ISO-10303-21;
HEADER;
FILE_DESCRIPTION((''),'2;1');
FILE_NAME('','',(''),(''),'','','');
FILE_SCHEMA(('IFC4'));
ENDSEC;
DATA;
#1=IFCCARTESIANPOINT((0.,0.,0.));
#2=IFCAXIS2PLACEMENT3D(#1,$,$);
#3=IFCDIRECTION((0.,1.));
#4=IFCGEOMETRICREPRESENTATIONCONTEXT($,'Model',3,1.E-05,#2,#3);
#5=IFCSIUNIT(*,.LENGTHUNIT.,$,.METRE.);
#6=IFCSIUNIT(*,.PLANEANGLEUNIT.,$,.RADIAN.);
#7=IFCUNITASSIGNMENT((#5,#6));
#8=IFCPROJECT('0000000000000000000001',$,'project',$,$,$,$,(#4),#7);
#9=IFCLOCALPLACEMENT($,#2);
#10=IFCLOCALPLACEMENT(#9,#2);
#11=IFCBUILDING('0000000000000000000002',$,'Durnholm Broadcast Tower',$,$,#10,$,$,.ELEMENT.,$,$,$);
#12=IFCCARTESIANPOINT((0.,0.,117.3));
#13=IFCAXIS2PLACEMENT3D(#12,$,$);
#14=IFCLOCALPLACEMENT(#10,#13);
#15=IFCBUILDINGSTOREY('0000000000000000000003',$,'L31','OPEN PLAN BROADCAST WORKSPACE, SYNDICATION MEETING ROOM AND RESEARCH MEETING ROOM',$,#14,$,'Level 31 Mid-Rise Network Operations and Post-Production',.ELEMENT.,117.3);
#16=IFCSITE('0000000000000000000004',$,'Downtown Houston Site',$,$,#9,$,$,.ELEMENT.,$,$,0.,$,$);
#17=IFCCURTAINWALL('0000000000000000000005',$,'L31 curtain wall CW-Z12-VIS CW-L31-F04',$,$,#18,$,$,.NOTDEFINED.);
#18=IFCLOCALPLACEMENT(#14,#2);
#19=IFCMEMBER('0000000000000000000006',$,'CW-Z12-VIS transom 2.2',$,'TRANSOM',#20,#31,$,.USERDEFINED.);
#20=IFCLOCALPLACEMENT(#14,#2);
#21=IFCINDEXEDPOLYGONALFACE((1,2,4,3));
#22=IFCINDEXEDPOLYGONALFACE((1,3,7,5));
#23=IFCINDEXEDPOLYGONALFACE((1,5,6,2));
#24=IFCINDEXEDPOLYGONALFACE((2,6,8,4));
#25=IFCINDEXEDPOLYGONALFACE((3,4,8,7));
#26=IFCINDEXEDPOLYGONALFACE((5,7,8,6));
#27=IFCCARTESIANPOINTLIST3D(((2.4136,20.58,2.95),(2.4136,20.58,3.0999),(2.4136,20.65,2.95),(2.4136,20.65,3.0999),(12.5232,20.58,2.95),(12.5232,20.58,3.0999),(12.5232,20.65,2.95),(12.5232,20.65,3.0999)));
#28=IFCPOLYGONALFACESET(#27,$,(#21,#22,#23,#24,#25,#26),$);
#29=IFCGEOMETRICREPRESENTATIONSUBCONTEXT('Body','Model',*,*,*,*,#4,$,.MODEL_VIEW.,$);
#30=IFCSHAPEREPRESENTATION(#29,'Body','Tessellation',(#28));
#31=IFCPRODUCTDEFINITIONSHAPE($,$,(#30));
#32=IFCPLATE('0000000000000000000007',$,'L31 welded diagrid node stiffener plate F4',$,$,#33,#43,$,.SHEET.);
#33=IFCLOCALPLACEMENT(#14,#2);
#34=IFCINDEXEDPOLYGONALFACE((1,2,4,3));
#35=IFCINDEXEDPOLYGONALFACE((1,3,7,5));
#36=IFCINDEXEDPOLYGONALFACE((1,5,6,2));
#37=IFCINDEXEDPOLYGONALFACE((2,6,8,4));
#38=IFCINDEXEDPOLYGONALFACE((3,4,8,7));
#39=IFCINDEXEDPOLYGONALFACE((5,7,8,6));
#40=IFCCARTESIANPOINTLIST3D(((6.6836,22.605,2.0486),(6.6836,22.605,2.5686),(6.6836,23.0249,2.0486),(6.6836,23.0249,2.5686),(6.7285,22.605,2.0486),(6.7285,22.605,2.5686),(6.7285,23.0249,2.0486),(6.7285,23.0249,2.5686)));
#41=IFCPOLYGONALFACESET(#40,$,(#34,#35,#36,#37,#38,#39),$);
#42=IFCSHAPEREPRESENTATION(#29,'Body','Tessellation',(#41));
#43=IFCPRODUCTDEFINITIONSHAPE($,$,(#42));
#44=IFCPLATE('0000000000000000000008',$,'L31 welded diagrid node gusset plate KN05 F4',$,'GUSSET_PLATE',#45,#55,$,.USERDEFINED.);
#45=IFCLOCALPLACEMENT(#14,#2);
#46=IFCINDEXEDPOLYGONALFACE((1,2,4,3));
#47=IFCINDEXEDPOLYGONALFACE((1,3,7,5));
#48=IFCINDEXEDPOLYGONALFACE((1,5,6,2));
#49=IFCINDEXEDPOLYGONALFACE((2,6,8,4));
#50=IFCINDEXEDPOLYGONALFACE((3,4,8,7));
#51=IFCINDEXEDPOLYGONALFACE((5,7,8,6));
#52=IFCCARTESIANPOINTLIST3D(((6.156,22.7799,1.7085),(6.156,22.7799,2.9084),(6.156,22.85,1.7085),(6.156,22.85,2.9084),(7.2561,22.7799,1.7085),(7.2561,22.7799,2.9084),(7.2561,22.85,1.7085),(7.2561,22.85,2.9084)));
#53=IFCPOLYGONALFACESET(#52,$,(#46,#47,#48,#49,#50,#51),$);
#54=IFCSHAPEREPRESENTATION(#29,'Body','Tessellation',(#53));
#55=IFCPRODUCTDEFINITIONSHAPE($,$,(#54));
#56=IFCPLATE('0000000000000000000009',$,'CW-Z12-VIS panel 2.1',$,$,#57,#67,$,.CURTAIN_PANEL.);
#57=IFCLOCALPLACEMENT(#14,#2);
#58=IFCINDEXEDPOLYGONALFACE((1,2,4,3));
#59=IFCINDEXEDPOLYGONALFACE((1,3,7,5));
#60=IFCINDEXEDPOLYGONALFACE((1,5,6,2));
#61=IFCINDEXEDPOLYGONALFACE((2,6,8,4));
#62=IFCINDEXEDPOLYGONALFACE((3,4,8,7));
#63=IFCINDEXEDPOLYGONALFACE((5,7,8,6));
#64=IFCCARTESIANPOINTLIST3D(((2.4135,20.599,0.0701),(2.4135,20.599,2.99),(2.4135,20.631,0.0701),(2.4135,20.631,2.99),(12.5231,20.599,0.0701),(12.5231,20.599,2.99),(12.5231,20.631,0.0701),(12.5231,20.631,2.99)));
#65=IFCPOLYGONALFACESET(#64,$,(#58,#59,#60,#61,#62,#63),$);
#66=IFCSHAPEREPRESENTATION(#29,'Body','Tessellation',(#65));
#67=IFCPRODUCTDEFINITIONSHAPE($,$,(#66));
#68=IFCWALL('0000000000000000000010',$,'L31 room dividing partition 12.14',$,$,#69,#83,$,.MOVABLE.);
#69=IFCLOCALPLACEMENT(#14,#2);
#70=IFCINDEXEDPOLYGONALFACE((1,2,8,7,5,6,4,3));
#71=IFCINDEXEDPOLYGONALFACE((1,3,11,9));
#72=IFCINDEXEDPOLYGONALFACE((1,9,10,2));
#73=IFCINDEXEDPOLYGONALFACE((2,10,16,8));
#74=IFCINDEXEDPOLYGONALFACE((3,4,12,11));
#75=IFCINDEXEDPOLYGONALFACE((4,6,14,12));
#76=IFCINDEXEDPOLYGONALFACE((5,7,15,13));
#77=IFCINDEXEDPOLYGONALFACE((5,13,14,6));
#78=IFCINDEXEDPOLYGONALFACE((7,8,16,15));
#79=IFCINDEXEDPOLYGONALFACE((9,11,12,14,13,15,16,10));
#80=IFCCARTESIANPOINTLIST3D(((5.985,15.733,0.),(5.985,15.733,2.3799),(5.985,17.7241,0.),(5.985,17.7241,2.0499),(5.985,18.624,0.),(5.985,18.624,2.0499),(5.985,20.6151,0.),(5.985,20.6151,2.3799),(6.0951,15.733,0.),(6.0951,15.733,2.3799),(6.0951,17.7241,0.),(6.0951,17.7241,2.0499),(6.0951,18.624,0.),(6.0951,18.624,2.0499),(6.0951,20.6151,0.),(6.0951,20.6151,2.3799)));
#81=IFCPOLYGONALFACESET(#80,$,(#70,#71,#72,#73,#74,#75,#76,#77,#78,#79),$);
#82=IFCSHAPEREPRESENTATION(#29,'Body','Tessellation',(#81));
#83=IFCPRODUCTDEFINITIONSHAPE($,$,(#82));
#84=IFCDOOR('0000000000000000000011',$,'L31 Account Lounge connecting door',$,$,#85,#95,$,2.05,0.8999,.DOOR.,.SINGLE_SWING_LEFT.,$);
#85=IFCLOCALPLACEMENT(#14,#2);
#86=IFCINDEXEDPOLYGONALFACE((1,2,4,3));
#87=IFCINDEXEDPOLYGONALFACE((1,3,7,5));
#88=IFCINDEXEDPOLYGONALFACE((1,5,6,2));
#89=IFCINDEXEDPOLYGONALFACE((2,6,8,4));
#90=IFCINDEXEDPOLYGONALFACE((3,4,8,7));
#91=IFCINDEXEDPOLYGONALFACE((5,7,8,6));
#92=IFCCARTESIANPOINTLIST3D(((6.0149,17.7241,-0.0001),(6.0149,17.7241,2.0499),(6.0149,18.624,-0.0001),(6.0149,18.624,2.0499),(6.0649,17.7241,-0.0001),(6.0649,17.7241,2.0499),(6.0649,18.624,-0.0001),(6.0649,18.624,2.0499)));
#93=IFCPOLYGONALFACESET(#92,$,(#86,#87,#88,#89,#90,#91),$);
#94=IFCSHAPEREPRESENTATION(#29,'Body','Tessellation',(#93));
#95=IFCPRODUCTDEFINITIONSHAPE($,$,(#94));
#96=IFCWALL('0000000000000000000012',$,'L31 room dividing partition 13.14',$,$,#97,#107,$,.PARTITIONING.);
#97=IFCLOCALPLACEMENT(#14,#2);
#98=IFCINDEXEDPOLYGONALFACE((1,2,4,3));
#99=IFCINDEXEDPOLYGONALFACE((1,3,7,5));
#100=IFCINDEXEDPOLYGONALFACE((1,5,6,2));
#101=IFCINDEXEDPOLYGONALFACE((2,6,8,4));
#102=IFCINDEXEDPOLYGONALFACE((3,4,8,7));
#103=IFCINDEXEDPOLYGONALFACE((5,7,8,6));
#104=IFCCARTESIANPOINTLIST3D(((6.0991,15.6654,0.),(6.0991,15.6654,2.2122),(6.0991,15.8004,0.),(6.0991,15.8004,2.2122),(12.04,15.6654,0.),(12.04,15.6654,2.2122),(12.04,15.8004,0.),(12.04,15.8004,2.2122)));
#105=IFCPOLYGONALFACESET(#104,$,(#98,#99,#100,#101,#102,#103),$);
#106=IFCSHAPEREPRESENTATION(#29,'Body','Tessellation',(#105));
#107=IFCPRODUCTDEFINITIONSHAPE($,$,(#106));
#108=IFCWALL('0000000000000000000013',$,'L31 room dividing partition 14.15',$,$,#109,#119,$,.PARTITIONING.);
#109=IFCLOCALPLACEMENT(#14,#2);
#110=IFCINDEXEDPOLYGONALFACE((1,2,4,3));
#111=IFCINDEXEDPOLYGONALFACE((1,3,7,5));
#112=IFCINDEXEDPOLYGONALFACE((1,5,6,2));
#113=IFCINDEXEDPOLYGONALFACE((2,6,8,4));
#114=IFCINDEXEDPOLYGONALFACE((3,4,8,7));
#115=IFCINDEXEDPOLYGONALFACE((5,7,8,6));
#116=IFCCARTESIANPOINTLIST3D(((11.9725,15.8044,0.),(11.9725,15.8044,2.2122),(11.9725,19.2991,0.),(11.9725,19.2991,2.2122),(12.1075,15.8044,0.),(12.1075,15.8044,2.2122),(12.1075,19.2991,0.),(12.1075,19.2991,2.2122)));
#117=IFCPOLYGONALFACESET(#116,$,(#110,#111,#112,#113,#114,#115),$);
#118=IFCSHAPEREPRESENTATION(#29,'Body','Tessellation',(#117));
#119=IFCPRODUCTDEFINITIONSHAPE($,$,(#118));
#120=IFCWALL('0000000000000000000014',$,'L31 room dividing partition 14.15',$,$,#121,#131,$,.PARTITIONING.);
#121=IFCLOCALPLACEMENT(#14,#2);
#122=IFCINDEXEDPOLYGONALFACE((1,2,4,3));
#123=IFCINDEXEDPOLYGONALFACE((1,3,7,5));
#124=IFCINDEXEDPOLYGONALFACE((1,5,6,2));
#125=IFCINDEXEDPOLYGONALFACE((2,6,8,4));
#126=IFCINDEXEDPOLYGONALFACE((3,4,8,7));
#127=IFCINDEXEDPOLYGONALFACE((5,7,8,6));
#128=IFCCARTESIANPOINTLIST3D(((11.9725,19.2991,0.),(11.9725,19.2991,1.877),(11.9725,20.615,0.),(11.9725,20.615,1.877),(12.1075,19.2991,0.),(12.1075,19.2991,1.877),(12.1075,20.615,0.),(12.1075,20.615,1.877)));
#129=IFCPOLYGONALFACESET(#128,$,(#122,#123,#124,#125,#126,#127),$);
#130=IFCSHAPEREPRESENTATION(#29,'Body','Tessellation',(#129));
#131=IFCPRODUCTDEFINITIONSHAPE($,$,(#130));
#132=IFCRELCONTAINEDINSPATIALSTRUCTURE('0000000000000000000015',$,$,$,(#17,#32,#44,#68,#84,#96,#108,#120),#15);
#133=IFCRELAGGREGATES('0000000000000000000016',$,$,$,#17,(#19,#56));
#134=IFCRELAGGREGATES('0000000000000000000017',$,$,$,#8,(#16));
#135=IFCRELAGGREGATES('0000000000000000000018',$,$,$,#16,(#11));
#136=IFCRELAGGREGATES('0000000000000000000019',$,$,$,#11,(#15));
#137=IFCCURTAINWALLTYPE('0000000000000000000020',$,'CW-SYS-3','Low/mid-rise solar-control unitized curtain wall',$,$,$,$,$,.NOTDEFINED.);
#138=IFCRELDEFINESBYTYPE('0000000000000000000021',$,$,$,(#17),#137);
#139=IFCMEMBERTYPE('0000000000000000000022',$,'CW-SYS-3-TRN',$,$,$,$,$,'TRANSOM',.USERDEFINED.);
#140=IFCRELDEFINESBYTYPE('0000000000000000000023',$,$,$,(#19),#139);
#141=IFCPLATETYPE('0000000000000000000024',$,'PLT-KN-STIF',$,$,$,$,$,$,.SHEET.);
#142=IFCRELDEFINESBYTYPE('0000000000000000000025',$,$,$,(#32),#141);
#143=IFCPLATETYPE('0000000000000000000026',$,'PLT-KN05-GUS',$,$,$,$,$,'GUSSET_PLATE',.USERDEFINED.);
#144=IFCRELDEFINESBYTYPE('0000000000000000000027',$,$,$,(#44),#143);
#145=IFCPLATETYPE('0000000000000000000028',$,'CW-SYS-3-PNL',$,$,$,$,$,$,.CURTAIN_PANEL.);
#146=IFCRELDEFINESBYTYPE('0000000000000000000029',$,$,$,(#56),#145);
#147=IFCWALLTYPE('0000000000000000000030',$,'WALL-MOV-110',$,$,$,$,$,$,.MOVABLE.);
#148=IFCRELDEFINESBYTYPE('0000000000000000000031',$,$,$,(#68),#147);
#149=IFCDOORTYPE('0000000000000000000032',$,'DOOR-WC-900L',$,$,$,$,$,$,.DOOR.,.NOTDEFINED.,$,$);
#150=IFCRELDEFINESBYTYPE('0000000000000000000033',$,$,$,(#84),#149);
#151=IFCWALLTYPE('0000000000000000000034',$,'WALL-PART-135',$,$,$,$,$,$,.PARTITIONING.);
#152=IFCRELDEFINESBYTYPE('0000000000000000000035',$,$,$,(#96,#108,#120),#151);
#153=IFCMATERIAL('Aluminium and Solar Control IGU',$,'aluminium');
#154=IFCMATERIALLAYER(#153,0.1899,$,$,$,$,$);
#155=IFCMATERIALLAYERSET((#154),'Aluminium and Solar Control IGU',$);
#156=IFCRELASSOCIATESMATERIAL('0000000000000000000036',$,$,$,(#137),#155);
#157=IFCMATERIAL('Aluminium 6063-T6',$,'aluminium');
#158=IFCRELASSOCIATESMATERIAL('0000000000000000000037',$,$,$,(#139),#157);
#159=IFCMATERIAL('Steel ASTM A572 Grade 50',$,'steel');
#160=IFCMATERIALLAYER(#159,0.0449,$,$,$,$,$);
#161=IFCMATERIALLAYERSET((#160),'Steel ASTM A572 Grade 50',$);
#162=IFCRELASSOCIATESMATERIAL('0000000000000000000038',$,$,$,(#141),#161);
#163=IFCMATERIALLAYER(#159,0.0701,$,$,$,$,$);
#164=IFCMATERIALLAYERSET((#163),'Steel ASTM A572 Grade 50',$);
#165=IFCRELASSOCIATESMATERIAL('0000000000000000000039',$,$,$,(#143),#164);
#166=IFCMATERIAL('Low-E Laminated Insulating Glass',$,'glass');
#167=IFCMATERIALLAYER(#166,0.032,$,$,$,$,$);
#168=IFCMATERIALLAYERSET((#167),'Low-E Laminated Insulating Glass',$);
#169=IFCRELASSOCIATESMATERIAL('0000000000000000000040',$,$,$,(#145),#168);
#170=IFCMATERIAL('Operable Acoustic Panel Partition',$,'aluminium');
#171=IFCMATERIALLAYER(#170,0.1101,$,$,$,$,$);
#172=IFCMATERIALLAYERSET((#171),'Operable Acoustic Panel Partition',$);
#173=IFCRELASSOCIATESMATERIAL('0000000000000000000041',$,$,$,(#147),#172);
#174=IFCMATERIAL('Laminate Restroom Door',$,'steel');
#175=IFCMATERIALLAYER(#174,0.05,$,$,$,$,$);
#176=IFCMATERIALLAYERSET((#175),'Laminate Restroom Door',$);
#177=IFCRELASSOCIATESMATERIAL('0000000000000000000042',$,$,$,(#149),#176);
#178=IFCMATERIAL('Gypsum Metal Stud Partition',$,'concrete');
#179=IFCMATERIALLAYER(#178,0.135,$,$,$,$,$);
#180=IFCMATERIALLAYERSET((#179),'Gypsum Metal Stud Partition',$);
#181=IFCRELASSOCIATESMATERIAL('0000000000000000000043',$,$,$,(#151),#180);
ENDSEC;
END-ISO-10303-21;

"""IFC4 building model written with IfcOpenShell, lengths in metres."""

from ifc_helpers import new_model, si_unit, direction, frame, frame_2d, origin, origin_2d, place, context, subcontext, project, spatial, rectangle, extrude, source, transform, mapped, material, layer, layer_set, material_profile, profile_set, type_object, type_shapes, element, fill, aggregate, save


model = new_model("IFC4")

# Units and contexts
model_context = context("Model", 3, precision=1e-05, world=origin(), true_north=direction((0.0, 1.0)))
body_context = subcontext(model_context, "Body", "Model", "MODEL_VIEW")
ifc_project = project(units=[si_unit("LENGTHUNIT", "METRE"), si_unit("PLANEANGLEUNIT", "RADIAN")], contexts=[model_context])

# Site, building, storey
site_placement = place(None, origin())
site = spatial("IfcSite", under=ifc_project, at=site_placement, Name="Downtown Houston Site", CompositionType="ELEMENT", RefElevation=0.0)
building_placement = place(site_placement, origin())
building = spatial("IfcBuilding", under=site, at=building_placement, Name="Durnholm Broadcast Tower", CompositionType="ELEMENT")
storey_placement = place(building_placement, frame((0.0, 0.0, 117.3)))
storey = spatial("IfcBuildingStorey", under=building, at=storey_placement, Name="L31", Description="OPEN PLAN BROADCAST WORKSPACE, SYNDICATION MEETING ROOM AND RESEARCH MEETING ROOM", LongName="Level 31 Mid-Rise Network Operations and Post-Production", CompositionType="ELEMENT", Elevation=117.3)

# Shared definitions
ifc_material_1 = material(Name="Aluminium and Solar Control IGU", Category="aluminium")
ifc_material_2 = material(Name="Aluminium 6063-T6", Category="aluminium")

# Curtain wall
ifc_layer_1 = layer(ifc_material_1, 0.1899)
ifc_layer_set_1 = layer_set([ifc_layer_1], Name="Aluminium and Solar Control IGU")
curtain_wall_type_1 = type_object("IfcCurtainWallType", Name="CW-SYS-3", Description="Low/mid-rise solar-control unitized curtain wall", PredefinedType="NOTDEFINED", material=ifc_layer_set_1)
curtain_wall_1_placement = place(storey_placement, origin())
curtain_wall_1 = element("IfcCurtainWall", 1, at=curtain_wall_1_placement, inside=storey, type_object=curtain_wall_type_1, Name="L31 curtain wall CW-Z12-VIS CW-L31-F04", PredefinedType="NOTDEFINED")

# Member
ifc_material_profile_1 = material_profile(ifc_material_2, rectangle(XDim=0.0701, YDim=0.1499, at=origin_2d()), Name="CWT70X150")
ifc_profile_set_1 = profile_set([ifc_material_profile_1], Name="Aluminium 6063-T6")
member_type_1 = type_object("IfcMemberType", Name="CW-SYS-3-TRN", ElementType="TRANSOM", PredefinedType="USERDEFINED", material=ifc_profile_set_1)
shared_shape_1 = source(origin(), body_context, "Body", "SweptSolid", [
    extrude(rectangle(XDim=0.0701, YDim=0.1499, at=origin_2d()), origin(), (0.0, 0.0, 1.0), 10.1096),
])
type_shapes(member_type_1, [shared_shape_1])
member_1_placement = place(storey_placement, frame((2.4136, 20.615, 3.0249), z_axis=(1.0, 0.0, 0.0), x_axis=(0.0, 1.0, 0.0)))
member_1 = element("IfcMember", 2, at=member_1_placement, type_object=member_type_1, Name="CW-Z12-VIS transom 2.2", ObjectType="TRANSOM", PredefinedType="USERDEFINED", context=body_context, shape_type="MappedRepresentation", body=[
    mapped(shared_shape_1, transform((0.0, 0.0, 0.0), x_axis=(1.0, 0.0, 0.0), y_axis=(0.0, 1.0, 0.0), z_axis=(0.0, 0.0, 1.0), scale=1.0)),
])

# Plates
ifc_material_3 = material(Name="Steel ASTM A572 Grade 50", Category="steel")
ifc_layer_2 = layer(ifc_material_3, 0.0449)
ifc_layer_set_2 = layer_set([ifc_layer_2], Name="Steel ASTM A572 Grade 50")
plate_type_1 = type_object("IfcPlateType", Name="PLT-KN-STIF", PredefinedType="SHEET", material=ifc_layer_set_2)
shared_shape_2 = source(origin(), body_context, "Body", "SweptSolid", [
    extrude(rectangle(XDim=0.0449, YDim=0.4199, at=origin_2d()), origin(), (0.0, 0.0, 1.0), 0.52),
])
type_shapes(plate_type_1, [shared_shape_2])
plate_1_placement = place(storey_placement, frame((6.7061, 22.8149, 2.0486), z_axis=(0.0, 0.0, 1.0), x_axis=(-1.0, 0.0, 0.0)))
element("IfcPlate", 3, at=plate_1_placement, inside=storey, type_object=plate_type_1, Name="L31 welded diagrid node stiffener plate F4", PredefinedType="SHEET", context=body_context, shape_type="MappedRepresentation", body=[
    mapped(shared_shape_2, transform((0.0, 0.0, 0.0), x_axis=(1.0, 0.0, 0.0), y_axis=(0.0, 1.0, 0.0), z_axis=(0.0, 0.0, 1.0), scale=1.0)),
])
ifc_layer_3 = layer(ifc_material_3, 0.0701)
ifc_layer_set_3 = layer_set([ifc_layer_3], Name="Steel ASTM A572 Grade 50")
plate_type_2 = type_object("IfcPlateType", Name="PLT-KN05-GUS", ElementType="GUSSET_PLATE", PredefinedType="USERDEFINED", material=ifc_layer_set_3)
shared_shape_3 = source(origin(), body_context, "Body", "SweptSolid", [
    extrude(rectangle(XDim=1.1001, YDim=0.0701, at=origin_2d()), origin(), (0.0, 0.0, 1.0), 1.2),
])
type_shapes(plate_type_2, [shared_shape_3])
plate_2_placement = place(storey_placement, frame((6.7061, 22.8149, 1.7085), z_axis=(0.0, 0.0, 1.0), x_axis=(-1.0, 0.0, 0.0)))
element("IfcPlate", 4, at=plate_2_placement, inside=storey, type_object=plate_type_2, Name="L31 welded diagrid node gusset plate KN05 F4", ObjectType="GUSSET_PLATE", PredefinedType="USERDEFINED", context=body_context, shape_type="MappedRepresentation", body=[
    mapped(shared_shape_3, transform((0.0, 0.0, 0.0), x_axis=(1.0, 0.0, 0.0), y_axis=(0.0, 1.0, 0.0), z_axis=(0.0, 0.0, 1.0), scale=1.0)),
])

# Plate
ifc_material_4 = material(Name="Low-E Laminated Insulating Glass", Category="glass")
ifc_layer_4 = layer(ifc_material_4, 0.032)
ifc_layer_set_4 = layer_set([ifc_layer_4], Name="Low-E Laminated Insulating Glass")
plate_type_3 = type_object("IfcPlateType", Name="CW-SYS-3-PNL", PredefinedType="CURTAIN_PANEL", material=ifc_layer_set_4)
shared_shape_4 = source(origin(), body_context, "Body", "SweptSolid", [
    extrude(rectangle(XDim=10.1096, YDim=0.032, at=origin_2d()), origin(), (0.0, 0.0, 1.0), 2.9199),
])
type_shapes(plate_type_3, [shared_shape_4])
plate_3_placement = place(storey_placement, frame((7.4683, 20.615, 0.0701), z_axis=(0.0, 0.0, 1.0), x_axis=(1.0, 0.0, 0.0)))
plate_3 = element("IfcPlate", 5, at=plate_3_placement, type_object=plate_type_3, Name="CW-Z12-VIS panel 2.1", PredefinedType="CURTAIN_PANEL", context=body_context, shape_type="MappedRepresentation", body=[
    mapped(shared_shape_4, transform((0.0, 0.0, 0.0), x_axis=(1.0, 0.0, 0.0), y_axis=(0.0, 1.0, 0.0), z_axis=(0.0, 0.0, 1.0), scale=1.0)),
])
aggregate(curtain_wall_1, [member_1, plate_3])

# Wall, opening, door
ifc_material_5 = material(Name="Operable Acoustic Panel Partition", Category="aluminium")
ifc_layer_5 = layer(ifc_material_5, 0.1101)
ifc_layer_set_5 = layer_set([ifc_layer_5], Name="Operable Acoustic Panel Partition")
wall_type_1 = type_object("IfcWallType", Name="WALL-MOV-110", PredefinedType="MOVABLE", material=ifc_layer_set_5)
wall_1_placement = place(storey_placement, frame((6.04, 20.615, 0.0), z_axis=(0.0, 0.0, 1.0), x_axis=(0.0, -1.0, 0.0)))
wall_1 = element("IfcWall", 6, at=wall_1_placement, inside=storey, type_object=wall_type_1, Name="L31 room dividing partition 12.14", PredefinedType="MOVABLE", context=body_context, shape_type="SweptSolid", body=[
    extrude(rectangle(XDim=4.8821, YDim=0.1101, at=frame_2d((2.4409, 0.0))), origin(), (0.0, 0.0, 1.0), 2.3799),
])
opening_placement = place(wall_1_placement, frame((1.991, 0.0, 0.0)))
opening = element("IfcOpeningElement", 7, at=opening_placement, cuts=wall_1, PredefinedType="OPENING", context=body_context, shape_type="SweptSolid", body=[
    extrude(rectangle(XDim=0.8999, YDim=2.05, at=frame_2d((0.45, 1.0249))), frame((0.0, 0.0649, 0.0), z_axis=(0.0, -1.0, 0.0), x_axis=(1.0, 0.0, 0.0)), (0.0, 0.0, 1.0), 0.1301),
])
ifc_material_6 = material(Name="Laminate Restroom Door", Category="steel")
ifc_layer_6 = layer(ifc_material_6, 0.05)
ifc_layer_set_6 = layer_set([ifc_layer_6], Name="Laminate Restroom Door")
door_type = type_object("IfcDoorType", Name="DOOR-WC-900L", OperationType="NOTDEFINED", PredefinedType="DOOR", material=ifc_layer_set_6)
shared_shape_5 = source(origin(), body_context, "Body", "SweptSolid", [
    extrude(rectangle(XDim=0.8999, YDim=2.05, at=frame_2d((0.45, 1.0249))), frame((0.0, 0.0249, 0.0), z_axis=(0.0, -1.0, 0.0), x_axis=(1.0, 0.0, 0.0)), (0.0, 0.0, 1.0), 0.05),
])
type_shapes(door_type, [shared_shape_5])
door_placement = place(opening_placement, origin())
door = element("IfcDoor", 8, at=door_placement, inside=storey, type_object=door_type, Name="L31 Account Lounge connecting door", OperationType="SINGLE_SWING_LEFT", OverallHeight=2.05, OverallWidth=0.8999, PredefinedType="DOOR", context=body_context, shape_type="MappedRepresentation", body=[
    mapped(shared_shape_5, transform((0.0, 0.0, 0.0), x_axis=(1.0, 0.0, 0.0), y_axis=(0.0, 1.0, 0.0), z_axis=(0.0, 0.0, 1.0), scale=1.0)),
])
fill(opening, door)

# Walls
ifc_material_7 = material(Name="Gypsum Metal Stud Partition", Category="concrete")
ifc_layer_7 = layer(ifc_material_7, 0.135)
ifc_layer_set_7 = layer_set([ifc_layer_7], Name="Gypsum Metal Stud Partition")
wall_type_2 = type_object("IfcWallType", Name="WALL-PART-135", PredefinedType="PARTITIONING", material=ifc_layer_set_7)
wall_2_placement = place(storey_placement, frame((6.0991, 15.7329, 0.0), z_axis=(0.0, 0.0, 1.0), x_axis=(1.0, 0.0, 0.0)))
element("IfcWall", 9, at=wall_2_placement, inside=storey, type_object=wall_type_2, Name="L31 room dividing partition 13.14", PredefinedType="PARTITIONING", context=body_context, shape_type="SweptSolid", body=[
    extrude(rectangle(XDim=5.9409, YDim=0.135, at=frame_2d((2.9705, 0.0))), origin(), (0.0, 0.0, 1.0), 2.2122),
])
wall_3_placement = place(storey_placement, frame((12.04, 19.2991, 0.0), z_axis=(0.0, 0.0, 1.0), x_axis=(0.0, -1.0, 0.0)))
element("IfcWall", 10, at=wall_3_placement, inside=storey, type_object=wall_type_2, Name="L31 room dividing partition 14.15", PredefinedType="PARTITIONING", context=body_context, shape_type="SweptSolid", body=[
    extrude(rectangle(XDim=3.4946, YDim=0.135, at=frame_2d((1.7473, 0.0))), origin(), (0.0, 0.0, 1.0), 2.2122),
])
wall_4_placement = place(storey_placement, frame((12.04, 20.615, 0.0), z_axis=(0.0, 0.0, 1.0), x_axis=(0.0, -1.0, 0.0)))
element("IfcWall", 11, at=wall_4_placement, inside=storey, type_object=wall_type_2, Name="L31 room dividing partition 14.15", PredefinedType="PARTITIONING", context=body_context, shape_type="SweptSolid", body=[
    extrude(rectangle(XDim=1.3159, YDim=0.135, at=frame_2d((0.658, 0.0))), origin(), (0.0, 0.0, 1.0), 1.877),
])

save(model, "model.ifc")
